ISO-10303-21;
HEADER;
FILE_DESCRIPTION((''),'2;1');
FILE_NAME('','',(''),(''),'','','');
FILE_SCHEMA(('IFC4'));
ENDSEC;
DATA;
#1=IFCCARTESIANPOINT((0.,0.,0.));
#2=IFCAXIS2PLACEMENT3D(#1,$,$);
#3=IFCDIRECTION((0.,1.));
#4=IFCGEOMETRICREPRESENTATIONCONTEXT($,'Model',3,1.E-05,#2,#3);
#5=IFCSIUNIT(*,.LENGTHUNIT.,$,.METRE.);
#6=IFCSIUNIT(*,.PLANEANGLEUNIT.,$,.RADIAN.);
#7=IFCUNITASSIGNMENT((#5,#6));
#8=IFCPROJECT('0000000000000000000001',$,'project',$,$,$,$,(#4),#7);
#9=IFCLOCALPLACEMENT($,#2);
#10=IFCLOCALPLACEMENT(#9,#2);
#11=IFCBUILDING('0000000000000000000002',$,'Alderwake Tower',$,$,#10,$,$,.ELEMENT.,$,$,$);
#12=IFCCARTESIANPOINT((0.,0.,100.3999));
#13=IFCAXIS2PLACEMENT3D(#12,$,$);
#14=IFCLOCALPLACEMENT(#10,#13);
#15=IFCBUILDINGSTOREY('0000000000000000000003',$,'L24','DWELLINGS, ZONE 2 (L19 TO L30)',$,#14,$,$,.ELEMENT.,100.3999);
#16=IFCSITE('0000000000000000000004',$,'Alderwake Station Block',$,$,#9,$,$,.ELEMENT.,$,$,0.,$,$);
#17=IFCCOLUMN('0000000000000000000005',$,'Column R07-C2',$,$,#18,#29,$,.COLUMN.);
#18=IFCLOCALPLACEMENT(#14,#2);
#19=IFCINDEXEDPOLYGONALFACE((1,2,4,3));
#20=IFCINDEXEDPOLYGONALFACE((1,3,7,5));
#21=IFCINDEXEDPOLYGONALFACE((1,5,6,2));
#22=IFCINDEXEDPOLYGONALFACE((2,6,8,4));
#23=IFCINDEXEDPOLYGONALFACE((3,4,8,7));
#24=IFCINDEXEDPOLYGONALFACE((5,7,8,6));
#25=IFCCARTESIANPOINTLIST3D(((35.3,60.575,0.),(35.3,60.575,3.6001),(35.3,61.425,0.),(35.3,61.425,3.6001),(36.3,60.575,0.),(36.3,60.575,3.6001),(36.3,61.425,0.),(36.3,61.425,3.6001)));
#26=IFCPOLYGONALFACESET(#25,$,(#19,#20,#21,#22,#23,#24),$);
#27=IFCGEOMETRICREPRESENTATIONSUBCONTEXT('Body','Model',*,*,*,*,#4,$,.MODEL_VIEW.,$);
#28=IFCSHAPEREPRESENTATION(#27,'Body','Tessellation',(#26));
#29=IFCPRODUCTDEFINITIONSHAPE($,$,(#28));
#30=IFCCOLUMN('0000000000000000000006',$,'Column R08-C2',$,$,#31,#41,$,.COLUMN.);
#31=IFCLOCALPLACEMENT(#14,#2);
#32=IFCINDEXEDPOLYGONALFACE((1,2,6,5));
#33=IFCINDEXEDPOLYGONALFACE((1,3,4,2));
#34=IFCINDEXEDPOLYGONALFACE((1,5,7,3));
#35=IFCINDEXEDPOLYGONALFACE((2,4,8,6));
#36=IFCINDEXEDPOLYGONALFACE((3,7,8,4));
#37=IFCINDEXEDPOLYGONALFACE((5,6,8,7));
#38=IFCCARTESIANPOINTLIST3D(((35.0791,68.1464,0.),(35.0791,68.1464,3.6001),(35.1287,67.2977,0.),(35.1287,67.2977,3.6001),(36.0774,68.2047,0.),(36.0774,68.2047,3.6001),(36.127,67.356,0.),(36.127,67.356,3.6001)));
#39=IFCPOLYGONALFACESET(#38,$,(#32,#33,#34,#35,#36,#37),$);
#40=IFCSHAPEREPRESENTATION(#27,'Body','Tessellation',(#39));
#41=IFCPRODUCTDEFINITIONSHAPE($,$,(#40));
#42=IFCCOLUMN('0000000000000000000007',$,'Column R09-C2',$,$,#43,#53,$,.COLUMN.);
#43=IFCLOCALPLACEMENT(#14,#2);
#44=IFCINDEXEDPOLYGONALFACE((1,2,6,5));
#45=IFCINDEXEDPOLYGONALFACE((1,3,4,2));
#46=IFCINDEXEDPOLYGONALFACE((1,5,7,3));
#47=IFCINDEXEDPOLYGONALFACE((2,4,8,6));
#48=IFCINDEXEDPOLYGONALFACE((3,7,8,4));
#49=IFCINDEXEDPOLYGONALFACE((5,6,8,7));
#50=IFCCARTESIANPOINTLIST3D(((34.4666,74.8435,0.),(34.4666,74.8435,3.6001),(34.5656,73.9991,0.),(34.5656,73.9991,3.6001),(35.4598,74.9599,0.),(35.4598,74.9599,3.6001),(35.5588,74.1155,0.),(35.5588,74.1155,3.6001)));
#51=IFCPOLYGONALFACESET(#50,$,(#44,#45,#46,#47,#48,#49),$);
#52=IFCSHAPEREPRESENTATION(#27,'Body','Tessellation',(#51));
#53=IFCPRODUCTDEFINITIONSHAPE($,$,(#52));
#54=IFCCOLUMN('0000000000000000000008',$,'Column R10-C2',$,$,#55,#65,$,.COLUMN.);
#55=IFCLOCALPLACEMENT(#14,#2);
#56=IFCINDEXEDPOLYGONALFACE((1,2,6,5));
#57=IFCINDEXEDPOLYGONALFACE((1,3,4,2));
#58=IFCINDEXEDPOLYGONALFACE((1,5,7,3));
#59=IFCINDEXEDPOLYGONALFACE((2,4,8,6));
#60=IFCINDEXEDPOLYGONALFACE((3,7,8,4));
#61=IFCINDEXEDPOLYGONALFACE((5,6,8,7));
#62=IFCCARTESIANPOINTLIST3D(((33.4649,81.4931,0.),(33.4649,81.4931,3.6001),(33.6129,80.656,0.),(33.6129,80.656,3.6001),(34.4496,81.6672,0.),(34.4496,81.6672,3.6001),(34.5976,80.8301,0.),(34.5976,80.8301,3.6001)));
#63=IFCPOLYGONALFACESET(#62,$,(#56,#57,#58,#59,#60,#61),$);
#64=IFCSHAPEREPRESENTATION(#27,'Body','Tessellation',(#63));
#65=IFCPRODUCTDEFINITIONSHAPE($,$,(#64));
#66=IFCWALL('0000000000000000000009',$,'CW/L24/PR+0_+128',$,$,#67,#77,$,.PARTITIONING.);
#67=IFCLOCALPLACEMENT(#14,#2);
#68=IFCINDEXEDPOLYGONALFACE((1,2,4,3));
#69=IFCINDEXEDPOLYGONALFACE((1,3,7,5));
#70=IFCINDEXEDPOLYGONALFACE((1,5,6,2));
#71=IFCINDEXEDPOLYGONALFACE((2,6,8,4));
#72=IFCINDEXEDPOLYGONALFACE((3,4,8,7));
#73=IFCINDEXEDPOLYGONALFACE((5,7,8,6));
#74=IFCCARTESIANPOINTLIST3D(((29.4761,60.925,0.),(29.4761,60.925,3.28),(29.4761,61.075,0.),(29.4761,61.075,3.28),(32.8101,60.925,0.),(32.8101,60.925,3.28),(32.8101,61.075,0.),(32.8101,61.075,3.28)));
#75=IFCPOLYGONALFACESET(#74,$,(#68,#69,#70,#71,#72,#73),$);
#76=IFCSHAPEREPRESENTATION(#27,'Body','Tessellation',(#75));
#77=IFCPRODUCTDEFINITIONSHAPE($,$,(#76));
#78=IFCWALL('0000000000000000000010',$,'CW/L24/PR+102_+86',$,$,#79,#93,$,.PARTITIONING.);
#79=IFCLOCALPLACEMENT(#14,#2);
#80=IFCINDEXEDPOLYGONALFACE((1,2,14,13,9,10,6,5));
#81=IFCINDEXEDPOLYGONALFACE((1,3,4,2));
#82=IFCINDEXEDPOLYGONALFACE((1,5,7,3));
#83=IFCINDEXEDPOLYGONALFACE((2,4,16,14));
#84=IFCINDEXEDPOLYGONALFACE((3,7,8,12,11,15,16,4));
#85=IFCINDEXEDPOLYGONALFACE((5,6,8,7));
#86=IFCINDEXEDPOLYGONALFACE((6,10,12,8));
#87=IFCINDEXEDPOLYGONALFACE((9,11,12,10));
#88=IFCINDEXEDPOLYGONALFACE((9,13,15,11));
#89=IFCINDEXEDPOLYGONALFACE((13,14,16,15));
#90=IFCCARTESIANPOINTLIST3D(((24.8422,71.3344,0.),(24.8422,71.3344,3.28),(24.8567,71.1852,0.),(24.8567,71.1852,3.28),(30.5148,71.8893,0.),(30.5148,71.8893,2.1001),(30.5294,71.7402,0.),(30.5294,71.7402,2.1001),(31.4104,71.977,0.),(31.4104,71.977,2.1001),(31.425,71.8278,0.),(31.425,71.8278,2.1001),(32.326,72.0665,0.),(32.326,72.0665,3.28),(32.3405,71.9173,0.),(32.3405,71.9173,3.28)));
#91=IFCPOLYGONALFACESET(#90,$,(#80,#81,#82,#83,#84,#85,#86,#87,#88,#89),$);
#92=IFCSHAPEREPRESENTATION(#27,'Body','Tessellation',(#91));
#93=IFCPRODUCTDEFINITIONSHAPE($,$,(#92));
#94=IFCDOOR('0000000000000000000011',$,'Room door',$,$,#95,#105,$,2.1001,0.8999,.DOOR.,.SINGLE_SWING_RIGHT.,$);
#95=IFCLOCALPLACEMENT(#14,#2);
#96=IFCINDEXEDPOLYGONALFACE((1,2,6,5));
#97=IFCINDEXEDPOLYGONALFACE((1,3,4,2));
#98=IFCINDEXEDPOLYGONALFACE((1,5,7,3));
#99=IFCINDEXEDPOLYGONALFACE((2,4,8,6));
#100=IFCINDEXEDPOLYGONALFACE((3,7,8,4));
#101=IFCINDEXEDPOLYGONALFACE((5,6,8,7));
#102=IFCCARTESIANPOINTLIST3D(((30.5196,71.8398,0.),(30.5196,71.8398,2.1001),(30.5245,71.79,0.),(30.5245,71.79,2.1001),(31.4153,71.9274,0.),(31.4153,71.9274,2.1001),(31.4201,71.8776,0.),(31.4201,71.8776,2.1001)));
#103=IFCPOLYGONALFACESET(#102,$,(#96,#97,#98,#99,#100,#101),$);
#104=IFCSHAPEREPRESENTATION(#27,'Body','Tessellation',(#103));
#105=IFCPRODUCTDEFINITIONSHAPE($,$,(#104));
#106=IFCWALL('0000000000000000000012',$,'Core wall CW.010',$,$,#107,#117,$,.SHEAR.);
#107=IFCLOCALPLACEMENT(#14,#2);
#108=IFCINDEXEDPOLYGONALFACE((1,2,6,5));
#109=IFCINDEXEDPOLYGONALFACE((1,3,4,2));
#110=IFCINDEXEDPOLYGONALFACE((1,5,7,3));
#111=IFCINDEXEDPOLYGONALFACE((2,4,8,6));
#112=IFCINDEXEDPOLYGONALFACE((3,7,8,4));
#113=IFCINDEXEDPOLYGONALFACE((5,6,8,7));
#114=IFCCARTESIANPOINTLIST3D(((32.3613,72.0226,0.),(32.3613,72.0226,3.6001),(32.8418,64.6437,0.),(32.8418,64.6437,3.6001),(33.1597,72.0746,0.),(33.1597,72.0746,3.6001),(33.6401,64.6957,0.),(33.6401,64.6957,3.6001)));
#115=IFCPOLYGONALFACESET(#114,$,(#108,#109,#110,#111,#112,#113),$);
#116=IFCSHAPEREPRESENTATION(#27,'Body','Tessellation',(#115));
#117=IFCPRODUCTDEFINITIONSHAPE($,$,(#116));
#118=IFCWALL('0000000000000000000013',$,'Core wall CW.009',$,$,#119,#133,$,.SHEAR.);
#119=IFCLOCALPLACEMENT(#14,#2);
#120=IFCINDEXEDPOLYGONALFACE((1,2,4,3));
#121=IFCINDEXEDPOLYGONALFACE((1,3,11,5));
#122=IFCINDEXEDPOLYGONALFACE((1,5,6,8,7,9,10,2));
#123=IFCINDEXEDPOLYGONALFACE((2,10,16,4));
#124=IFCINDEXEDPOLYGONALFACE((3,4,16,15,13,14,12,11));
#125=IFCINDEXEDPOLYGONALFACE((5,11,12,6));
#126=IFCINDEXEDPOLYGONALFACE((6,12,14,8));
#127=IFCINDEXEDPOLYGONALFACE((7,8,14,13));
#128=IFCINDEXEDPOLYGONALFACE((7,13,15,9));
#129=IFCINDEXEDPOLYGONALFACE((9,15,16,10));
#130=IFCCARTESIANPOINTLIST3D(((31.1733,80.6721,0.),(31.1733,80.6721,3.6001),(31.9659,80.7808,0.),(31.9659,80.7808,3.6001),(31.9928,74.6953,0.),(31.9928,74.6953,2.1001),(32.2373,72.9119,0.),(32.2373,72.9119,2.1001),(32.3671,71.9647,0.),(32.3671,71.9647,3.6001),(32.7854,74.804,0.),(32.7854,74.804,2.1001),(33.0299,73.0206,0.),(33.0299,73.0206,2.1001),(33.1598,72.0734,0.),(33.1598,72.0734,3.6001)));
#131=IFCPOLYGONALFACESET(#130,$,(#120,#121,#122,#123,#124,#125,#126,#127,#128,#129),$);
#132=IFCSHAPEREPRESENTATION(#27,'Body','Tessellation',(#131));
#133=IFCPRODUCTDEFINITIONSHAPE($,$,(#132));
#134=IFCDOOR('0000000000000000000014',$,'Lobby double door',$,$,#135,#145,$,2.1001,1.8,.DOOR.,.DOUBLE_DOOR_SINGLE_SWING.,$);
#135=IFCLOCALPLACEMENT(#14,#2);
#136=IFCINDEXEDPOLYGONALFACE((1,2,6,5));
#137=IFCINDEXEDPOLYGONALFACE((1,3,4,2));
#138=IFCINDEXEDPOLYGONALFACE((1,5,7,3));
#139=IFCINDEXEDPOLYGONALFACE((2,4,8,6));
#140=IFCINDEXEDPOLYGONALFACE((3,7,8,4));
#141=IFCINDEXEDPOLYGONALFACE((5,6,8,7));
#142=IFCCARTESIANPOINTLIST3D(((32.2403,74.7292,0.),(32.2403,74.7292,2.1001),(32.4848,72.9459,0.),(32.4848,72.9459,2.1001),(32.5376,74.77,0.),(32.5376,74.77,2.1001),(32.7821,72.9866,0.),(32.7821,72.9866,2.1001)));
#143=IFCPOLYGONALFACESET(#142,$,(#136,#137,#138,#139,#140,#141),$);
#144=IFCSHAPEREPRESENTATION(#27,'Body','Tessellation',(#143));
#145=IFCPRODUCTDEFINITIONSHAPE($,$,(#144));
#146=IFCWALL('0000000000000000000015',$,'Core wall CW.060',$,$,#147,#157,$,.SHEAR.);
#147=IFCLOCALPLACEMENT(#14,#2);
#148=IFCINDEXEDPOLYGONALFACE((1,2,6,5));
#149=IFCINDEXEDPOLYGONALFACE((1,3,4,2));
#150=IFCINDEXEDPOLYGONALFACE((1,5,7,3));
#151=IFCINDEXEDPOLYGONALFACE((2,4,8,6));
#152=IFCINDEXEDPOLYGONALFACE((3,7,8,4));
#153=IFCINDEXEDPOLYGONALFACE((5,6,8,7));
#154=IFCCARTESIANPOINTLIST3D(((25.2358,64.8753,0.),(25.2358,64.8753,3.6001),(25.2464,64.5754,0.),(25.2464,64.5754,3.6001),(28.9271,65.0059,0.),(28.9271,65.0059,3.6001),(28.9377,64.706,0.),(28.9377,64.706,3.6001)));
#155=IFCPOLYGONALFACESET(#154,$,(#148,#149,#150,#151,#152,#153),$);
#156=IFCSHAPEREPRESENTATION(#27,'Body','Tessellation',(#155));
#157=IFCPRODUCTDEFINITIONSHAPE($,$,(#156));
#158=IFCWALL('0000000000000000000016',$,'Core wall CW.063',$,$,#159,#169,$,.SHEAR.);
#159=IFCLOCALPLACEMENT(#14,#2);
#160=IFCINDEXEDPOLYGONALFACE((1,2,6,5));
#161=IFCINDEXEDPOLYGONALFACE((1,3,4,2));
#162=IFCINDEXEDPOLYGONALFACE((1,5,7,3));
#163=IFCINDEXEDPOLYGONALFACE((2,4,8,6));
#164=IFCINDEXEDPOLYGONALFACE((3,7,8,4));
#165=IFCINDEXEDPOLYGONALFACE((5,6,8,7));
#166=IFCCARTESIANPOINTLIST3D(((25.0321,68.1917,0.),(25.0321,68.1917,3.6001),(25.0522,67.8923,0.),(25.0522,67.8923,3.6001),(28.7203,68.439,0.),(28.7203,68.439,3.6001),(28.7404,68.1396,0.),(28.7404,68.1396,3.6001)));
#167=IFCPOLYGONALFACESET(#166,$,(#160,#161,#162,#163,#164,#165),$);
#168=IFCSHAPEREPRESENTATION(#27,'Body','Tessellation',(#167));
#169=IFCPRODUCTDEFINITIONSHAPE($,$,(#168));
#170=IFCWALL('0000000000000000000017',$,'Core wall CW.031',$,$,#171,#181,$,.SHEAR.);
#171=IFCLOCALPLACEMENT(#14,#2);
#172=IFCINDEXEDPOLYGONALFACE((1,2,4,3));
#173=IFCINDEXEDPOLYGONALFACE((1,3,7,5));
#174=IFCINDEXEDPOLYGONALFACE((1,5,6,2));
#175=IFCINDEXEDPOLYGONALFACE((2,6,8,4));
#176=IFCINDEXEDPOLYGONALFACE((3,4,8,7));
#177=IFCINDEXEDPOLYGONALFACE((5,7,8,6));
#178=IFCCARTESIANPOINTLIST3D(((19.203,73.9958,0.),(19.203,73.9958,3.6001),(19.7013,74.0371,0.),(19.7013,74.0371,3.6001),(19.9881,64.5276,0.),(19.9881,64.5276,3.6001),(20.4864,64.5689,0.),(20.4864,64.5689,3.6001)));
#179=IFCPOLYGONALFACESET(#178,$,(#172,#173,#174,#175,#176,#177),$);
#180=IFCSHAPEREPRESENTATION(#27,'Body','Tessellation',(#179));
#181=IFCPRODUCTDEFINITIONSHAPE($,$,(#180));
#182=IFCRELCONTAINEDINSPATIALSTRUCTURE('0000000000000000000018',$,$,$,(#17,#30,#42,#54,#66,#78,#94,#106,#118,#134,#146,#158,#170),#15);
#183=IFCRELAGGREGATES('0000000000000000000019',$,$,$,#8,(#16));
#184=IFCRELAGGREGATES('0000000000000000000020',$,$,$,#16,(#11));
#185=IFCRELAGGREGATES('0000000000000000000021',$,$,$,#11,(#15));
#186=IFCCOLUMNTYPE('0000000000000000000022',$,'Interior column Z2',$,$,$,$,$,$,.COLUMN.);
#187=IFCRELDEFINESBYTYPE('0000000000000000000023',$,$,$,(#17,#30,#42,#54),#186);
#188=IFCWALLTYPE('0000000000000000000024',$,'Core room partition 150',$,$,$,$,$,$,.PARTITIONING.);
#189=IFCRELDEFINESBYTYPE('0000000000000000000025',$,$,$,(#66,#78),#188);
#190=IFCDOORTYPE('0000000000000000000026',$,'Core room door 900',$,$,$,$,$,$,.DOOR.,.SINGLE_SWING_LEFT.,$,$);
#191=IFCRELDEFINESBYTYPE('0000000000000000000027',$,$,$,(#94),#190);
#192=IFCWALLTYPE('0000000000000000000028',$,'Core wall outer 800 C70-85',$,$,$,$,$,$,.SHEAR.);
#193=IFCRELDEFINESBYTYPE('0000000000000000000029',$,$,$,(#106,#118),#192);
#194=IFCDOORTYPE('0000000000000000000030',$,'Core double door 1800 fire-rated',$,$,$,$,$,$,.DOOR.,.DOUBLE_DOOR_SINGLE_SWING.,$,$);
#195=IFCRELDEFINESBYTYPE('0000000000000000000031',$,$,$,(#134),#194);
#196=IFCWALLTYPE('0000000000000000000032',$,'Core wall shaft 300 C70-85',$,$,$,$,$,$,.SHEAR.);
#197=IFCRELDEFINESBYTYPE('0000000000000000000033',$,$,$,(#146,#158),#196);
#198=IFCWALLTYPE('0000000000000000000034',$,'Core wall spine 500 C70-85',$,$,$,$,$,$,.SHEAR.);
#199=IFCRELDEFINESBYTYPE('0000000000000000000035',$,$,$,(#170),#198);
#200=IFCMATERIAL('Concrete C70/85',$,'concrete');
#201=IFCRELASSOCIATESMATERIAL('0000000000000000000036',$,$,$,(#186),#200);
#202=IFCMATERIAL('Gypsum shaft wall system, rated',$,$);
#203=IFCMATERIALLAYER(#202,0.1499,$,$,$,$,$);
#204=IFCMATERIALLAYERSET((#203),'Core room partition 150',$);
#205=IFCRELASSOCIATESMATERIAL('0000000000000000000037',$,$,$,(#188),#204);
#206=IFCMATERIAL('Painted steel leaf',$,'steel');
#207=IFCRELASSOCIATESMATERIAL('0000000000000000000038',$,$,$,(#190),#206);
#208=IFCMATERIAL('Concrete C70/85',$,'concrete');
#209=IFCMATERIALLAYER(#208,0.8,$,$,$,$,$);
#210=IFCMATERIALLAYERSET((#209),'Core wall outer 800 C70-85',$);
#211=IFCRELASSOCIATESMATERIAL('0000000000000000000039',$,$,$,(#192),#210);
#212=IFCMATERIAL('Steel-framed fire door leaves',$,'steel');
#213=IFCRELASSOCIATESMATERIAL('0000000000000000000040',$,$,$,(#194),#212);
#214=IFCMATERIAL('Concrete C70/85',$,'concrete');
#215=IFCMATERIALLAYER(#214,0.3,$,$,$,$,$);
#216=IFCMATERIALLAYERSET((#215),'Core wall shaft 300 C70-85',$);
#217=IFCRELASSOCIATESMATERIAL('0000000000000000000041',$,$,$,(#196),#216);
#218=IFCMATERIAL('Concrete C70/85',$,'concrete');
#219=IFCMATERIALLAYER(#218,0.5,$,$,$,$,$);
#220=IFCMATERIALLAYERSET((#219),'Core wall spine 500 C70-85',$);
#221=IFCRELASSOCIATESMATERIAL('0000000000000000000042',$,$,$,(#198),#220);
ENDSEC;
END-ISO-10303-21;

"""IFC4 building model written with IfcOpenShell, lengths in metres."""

from ifc_helpers import new_model, si_unit, direction, frame, frame_2d, origin, origin_2d, place, context, subcontext, project, spatial, rectangle, extrude, material, layer, layer_set, material_profile, profile_set, type_object, element, fill, save


model = new_model("IFC4")

# Units and contexts
model_context = context("Model", 3, precision=1e-05, world=origin(), true_north=direction((0.0, 1.0)))
body_context = subcontext(model_context, "Body", "Model", "MODEL_VIEW")
ifc_project = project(units=[si_unit("LENGTHUNIT", "METRE"), si_unit("PLANEANGLEUNIT", "RADIAN")], contexts=[model_context])

# Site, building, storey
site_placement = place(None, origin())
site = spatial("IfcSite", under=ifc_project, at=site_placement, Name="Alderwake Station Block", CompositionType="ELEMENT", RefElevation=0.0)
building_placement = place(site_placement, origin())
building = spatial("IfcBuilding", under=site, at=building_placement, Name="Alderwake Tower", CompositionType="ELEMENT")
storey_placement = place(building_placement, frame((0.0, 0.0, 100.3999)))
storey = spatial("IfcBuildingStorey", under=building, at=storey_placement, Name="L24", Description="DWELLINGS, ZONE 2 (L19 TO L30)", CompositionType="ELEMENT", Elevation=100.3999)

# Columns
ifc_material_1 = material(Name="Concrete C70/85", Category="concrete")
ifc_material_profile = material_profile(ifc_material_1, rectangle(XDim=0.8501, YDim=1.0, at=origin_2d()), Name="RC 1000X850")
ifc_profile_set = profile_set([ifc_material_profile], Name="Concrete C70/85")
column_type = type_object("IfcColumnType", Name="Interior column Z2", PredefinedType="COLUMN", material=ifc_profile_set)
for number, where, z_axis, x_axis, name in (
    (1, (35.8, 61.0, 0.0), (0.0, 0.0, 1.0), (0.0, 1.0, 0.0), "Column R07-C2"),
    (2, (35.603, 67.7512, 0.0), (0.0, 0.0, 1.0), (-0.058301, 0.998299, 0.0), "Column R08-C2"),
    (3, (35.0127, 74.4795, 0.0), (0.0, 0.0, 1.0), (-0.116402, 0.993202, 0.0), "Column R09-C2"),
    (4, (34.0312, 81.1616, 0.0), (0.0, 0.0, 1.0), (-0.174109, 0.984726, 0.0), "Column R10-C2"),
):
    element("IfcColumn", number, at=place(storey_placement, frame(where, z_axis=z_axis, x_axis=x_axis)), inside=storey, type_object=column_type, Name=name, PredefinedType="COLUMN", context=body_context, shape_type="SweptSolid", body=[
        extrude(rectangle(XDim=0.8501, YDim=1.0, at=origin_2d()), origin(), (0.0, 0.0, 1.0), 3.6001),
    ])

# Wall
ifc_material_2 = material(Name="Gypsum shaft wall system, rated")
ifc_layer_1 = layer(ifc_material_2, 0.1499)
ifc_layer_set_1 = layer_set([ifc_layer_1], Name="Core room partition 150")
wall_type_1 = type_object("IfcWallType", Name="Core room partition 150", PredefinedType="PARTITIONING", material=ifc_layer_set_1)
wall_1_placement = place(storey_placement, frame((29.4761, 61.0, 0.0), z_axis=(0.0, 0.0, 1.0), x_axis=(1.0, 0.0, 0.0)))
element("IfcWall", 5, at=wall_1_placement, inside=storey, type_object=wall_type_1, Name="CW/L24/PR+0_+128", PredefinedType="PARTITIONING", context=body_context, shape_type="SweptSolid", body=[
    extrude(rectangle(XDim=3.334, YDim=0.1499, at=frame_2d((1.667, 0.0))), origin(), (0.0, 0.0, 1.0), 3.28),
])

# Wall, opening, door
wall_2_placement = place(storey_placement, frame((32.3333, 71.9919, 0.0), z_axis=(0.0, 0.0, 1.0), x_axis=(-0.995248, -0.097369, 0.0)))
wall_2 = element("IfcWall", 6, at=wall_2_placement, inside=storey, type_object=wall_type_1, Name="CW/L24/PR+102_+86", PredefinedType="PARTITIONING", context=body_context, shape_type="SweptSolid", body=[
    extrude(rectangle(XDim=7.5195, YDim=0.1499, at=frame_2d((3.7598, 0.0))), origin(), (0.0, 0.0, 1.0), 3.28),
])
opening_1_placement = place(wall_2_placement, frame((0.9199, 0.0, 0.0)))
opening_1 = element("IfcOpeningElement", 7, at=opening_1_placement, cuts=wall_2, PredefinedType="OPENING", context=body_context, shape_type="SweptSolid", body=[
    extrude(rectangle(XDim=0.8999, YDim=2.1001, at=frame_2d((0.45, 1.05))), frame((0.0, 0.085, 0.0), z_axis=(0.0, -1.0, 0.0), x_axis=(1.0, 0.0, 0.0)), (0.0, 0.0, 1.0), 0.1699),
])
ifc_material_3 = material(Name="Painted steel leaf", Category="steel")
door_type_1 = type_object("IfcDoorType", Name="Core room door 900", OperationType="SINGLE_SWING_LEFT", PredefinedType="DOOR", material=ifc_material_3)
door_1_placement = place(opening_1_placement, origin())
door_1 = element("IfcDoor", 8, at=door_1_placement, inside=storey, type_object=door_type_1, Name="Room door", OperationType="SINGLE_SWING_RIGHT", OverallHeight=2.1001, OverallWidth=0.8999, PredefinedType="DOOR", context=body_context, shape_type="SweptSolid", body=[
    extrude(rectangle(XDim=0.8999, YDim=2.1001, at=frame_2d((0.45, 1.05))), frame((0.0, 0.0249, 0.0), z_axis=(0.0, -1.0, 0.0), x_axis=(1.0, 0.0, 0.0)), (0.0, 0.0, 1.0), 0.05),
])
fill(opening_1, door_1)

# Wall
ifc_material_4 = material(Name="Concrete C70/85", Category="concrete")
ifc_layer_2 = layer(ifc_material_4, 0.8)
ifc_layer_set_2 = layer_set([ifc_layer_2], Name="Core wall outer 800 C70-85")
wall_type_2 = type_object("IfcWallType", Name="Core wall outer 800 C70-85", PredefinedType="SHEAR", material=ifc_layer_set_2)
wall_3_placement = place(storey_placement, frame((33.241, 64.6697, 0.0), z_axis=(0.0, 0.0, 1.0), x_axis=(-0.064976, 0.997887, 0.0)))
element("IfcWall", 9, at=wall_3_placement, inside=storey, type_object=wall_type_2, Name="Core wall CW.010", PredefinedType="SHEAR", context=body_context, shape_type="SweptSolid", body=[
    extrude(rectangle(XDim=7.3945, YDim=0.8, at=frame_2d((3.6973, 0.0))), origin(), (0.0, 0.0, 1.0), 3.6001),
])

# Wall, opening, door
wall_4_placement = place(storey_placement, frame((31.5696, 80.7266, 0.0), z_axis=(0.0, 0.0, 1.0), x_axis=(0.135838, -0.990731, 0.0)))
wall_4 = element("IfcWall", 10, at=wall_4_placement, inside=storey, type_object=wall_type_2, Name="Core wall CW.009", PredefinedType="SHEAR", context=body_context, shape_type="SweptSolid", body=[
    extrude(rectangle(XDim=8.7888, YDim=0.8, at=frame_2d((4.3945, 0.0))), origin(), (0.0, 0.0, 1.0), 3.6001),
])
opening_2_placement = place(wall_4_placement, frame((6.033, 0.0, 0.0)))
opening_2 = element("IfcOpeningElement", 11, at=opening_2_placement, cuts=wall_4, PredefinedType="OPENING", context=body_context, shape_type="SweptSolid", body=[
    extrude(rectangle(XDim=1.8, YDim=2.1001, at=frame_2d((0.8999, 1.05))), frame((0.0, 0.4099, 0.0), z_axis=(0.0, -1.0, 0.0), x_axis=(1.0, 0.0, 0.0)), (0.0, 0.0, 1.0), 0.8201),
])
ifc_material_5 = material(Name="Steel-framed fire door leaves", Category="steel")
door_type_2 = type_object("IfcDoorType", Name="Core double door 1800 fire-rated", OperationType="DOUBLE_DOOR_SINGLE_SWING", PredefinedType="DOOR", material=ifc_material_5)
door_2_placement = place(opening_2_placement, origin())
door_2 = element("IfcDoor", 12, at=door_2_placement, inside=storey, type_object=door_type_2, Name="Lobby double door", OperationType="DOUBLE_DOOR_SINGLE_SWING", OverallHeight=2.1001, OverallWidth=1.8, PredefinedType="DOOR", context=body_context, shape_type="SweptSolid", body=[
    extrude(rectangle(XDim=1.8, YDim=2.1001, at=frame_2d((0.8999, 1.05))), frame((0.0, 0.1499, 0.0), z_axis=(0.0, -1.0, 0.0), x_axis=(1.0, 0.0, 0.0)), (0.0, 0.0, 1.0), 0.3),
])
fill(opening_2, door_2)

# Walls
ifc_material_6 = material(Name="Concrete C70/85", Category="concrete")
ifc_layer_3 = layer(ifc_material_6, 0.3)
ifc_layer_set_3 = layer_set([ifc_layer_3], Name="Core wall shaft 300 C70-85")
wall_type_3 = type_object("IfcWallType", Name="Core wall shaft 300 C70-85", PredefinedType="SHEAR", material=ifc_layer_set_3)
wall_5_placement = place(storey_placement, frame((25.2412, 64.7253, 0.0), z_axis=(0.0, 0.0, 1.0), x_axis=(0.999375, 0.035361, 0.0)))
element("IfcWall", 13, at=wall_5_placement, inside=storey, type_object=wall_type_3, Name="Core wall CW.060", PredefinedType="SHEAR", context=body_context, shape_type="SweptSolid", body=[
    extrude(rectangle(XDim=3.6936, YDim=0.3, at=frame_2d((1.8467, 0.0))), origin(), (0.0, 0.0, 1.0), 3.6001),
])
wall_6_placement = place(storey_placement, frame((25.0422, 68.042, 0.0), z_axis=(0.0, 0.0, 1.0), x_axis=(0.997759, 0.066905, 0.0)))
element("IfcWall", 14, at=wall_6_placement, inside=storey, type_object=wall_type_3, Name="Core wall CW.063", PredefinedType="SHEAR", context=body_context, shape_type="SweptSolid", body=[
    extrude(rectangle(XDim=3.6965, YDim=0.3, at=frame_2d((1.8481, 0.0))), origin(), (0.0, 0.0, 1.0), 3.6001),
])
ifc_material_7 = material(Name="Concrete C70/85", Category="concrete")
ifc_layer_4 = layer(ifc_material_7, 0.5)
ifc_layer_set_4 = layer_set([ifc_layer_4], Name="Core wall spine 500 C70-85")
wall_type_4 = type_object("IfcWallType", Name="Core wall spine 500 C70-85", PredefinedType="SHEAR", material=ifc_layer_set_4)
wall_7_placement = place(storey_placement, frame((20.2373, 64.5481, 0.0), z_axis=(0.0, 0.0, 1.0), x_axis=(-0.082641, 0.996579, 0.0)))
element("IfcWall", 15, at=wall_7_placement, inside=storey, type_object=wall_type_4, Name="Core wall CW.031", PredefinedType="SHEAR", context=body_context, shape_type="SweptSolid", body=[
    extrude(rectangle(XDim=9.5007, YDim=0.5, at=frame_2d((4.7505, 0.0))), origin(), (0.0, 0.0, 1.0), 3.6001),
])

save(model, "model.ifc")
